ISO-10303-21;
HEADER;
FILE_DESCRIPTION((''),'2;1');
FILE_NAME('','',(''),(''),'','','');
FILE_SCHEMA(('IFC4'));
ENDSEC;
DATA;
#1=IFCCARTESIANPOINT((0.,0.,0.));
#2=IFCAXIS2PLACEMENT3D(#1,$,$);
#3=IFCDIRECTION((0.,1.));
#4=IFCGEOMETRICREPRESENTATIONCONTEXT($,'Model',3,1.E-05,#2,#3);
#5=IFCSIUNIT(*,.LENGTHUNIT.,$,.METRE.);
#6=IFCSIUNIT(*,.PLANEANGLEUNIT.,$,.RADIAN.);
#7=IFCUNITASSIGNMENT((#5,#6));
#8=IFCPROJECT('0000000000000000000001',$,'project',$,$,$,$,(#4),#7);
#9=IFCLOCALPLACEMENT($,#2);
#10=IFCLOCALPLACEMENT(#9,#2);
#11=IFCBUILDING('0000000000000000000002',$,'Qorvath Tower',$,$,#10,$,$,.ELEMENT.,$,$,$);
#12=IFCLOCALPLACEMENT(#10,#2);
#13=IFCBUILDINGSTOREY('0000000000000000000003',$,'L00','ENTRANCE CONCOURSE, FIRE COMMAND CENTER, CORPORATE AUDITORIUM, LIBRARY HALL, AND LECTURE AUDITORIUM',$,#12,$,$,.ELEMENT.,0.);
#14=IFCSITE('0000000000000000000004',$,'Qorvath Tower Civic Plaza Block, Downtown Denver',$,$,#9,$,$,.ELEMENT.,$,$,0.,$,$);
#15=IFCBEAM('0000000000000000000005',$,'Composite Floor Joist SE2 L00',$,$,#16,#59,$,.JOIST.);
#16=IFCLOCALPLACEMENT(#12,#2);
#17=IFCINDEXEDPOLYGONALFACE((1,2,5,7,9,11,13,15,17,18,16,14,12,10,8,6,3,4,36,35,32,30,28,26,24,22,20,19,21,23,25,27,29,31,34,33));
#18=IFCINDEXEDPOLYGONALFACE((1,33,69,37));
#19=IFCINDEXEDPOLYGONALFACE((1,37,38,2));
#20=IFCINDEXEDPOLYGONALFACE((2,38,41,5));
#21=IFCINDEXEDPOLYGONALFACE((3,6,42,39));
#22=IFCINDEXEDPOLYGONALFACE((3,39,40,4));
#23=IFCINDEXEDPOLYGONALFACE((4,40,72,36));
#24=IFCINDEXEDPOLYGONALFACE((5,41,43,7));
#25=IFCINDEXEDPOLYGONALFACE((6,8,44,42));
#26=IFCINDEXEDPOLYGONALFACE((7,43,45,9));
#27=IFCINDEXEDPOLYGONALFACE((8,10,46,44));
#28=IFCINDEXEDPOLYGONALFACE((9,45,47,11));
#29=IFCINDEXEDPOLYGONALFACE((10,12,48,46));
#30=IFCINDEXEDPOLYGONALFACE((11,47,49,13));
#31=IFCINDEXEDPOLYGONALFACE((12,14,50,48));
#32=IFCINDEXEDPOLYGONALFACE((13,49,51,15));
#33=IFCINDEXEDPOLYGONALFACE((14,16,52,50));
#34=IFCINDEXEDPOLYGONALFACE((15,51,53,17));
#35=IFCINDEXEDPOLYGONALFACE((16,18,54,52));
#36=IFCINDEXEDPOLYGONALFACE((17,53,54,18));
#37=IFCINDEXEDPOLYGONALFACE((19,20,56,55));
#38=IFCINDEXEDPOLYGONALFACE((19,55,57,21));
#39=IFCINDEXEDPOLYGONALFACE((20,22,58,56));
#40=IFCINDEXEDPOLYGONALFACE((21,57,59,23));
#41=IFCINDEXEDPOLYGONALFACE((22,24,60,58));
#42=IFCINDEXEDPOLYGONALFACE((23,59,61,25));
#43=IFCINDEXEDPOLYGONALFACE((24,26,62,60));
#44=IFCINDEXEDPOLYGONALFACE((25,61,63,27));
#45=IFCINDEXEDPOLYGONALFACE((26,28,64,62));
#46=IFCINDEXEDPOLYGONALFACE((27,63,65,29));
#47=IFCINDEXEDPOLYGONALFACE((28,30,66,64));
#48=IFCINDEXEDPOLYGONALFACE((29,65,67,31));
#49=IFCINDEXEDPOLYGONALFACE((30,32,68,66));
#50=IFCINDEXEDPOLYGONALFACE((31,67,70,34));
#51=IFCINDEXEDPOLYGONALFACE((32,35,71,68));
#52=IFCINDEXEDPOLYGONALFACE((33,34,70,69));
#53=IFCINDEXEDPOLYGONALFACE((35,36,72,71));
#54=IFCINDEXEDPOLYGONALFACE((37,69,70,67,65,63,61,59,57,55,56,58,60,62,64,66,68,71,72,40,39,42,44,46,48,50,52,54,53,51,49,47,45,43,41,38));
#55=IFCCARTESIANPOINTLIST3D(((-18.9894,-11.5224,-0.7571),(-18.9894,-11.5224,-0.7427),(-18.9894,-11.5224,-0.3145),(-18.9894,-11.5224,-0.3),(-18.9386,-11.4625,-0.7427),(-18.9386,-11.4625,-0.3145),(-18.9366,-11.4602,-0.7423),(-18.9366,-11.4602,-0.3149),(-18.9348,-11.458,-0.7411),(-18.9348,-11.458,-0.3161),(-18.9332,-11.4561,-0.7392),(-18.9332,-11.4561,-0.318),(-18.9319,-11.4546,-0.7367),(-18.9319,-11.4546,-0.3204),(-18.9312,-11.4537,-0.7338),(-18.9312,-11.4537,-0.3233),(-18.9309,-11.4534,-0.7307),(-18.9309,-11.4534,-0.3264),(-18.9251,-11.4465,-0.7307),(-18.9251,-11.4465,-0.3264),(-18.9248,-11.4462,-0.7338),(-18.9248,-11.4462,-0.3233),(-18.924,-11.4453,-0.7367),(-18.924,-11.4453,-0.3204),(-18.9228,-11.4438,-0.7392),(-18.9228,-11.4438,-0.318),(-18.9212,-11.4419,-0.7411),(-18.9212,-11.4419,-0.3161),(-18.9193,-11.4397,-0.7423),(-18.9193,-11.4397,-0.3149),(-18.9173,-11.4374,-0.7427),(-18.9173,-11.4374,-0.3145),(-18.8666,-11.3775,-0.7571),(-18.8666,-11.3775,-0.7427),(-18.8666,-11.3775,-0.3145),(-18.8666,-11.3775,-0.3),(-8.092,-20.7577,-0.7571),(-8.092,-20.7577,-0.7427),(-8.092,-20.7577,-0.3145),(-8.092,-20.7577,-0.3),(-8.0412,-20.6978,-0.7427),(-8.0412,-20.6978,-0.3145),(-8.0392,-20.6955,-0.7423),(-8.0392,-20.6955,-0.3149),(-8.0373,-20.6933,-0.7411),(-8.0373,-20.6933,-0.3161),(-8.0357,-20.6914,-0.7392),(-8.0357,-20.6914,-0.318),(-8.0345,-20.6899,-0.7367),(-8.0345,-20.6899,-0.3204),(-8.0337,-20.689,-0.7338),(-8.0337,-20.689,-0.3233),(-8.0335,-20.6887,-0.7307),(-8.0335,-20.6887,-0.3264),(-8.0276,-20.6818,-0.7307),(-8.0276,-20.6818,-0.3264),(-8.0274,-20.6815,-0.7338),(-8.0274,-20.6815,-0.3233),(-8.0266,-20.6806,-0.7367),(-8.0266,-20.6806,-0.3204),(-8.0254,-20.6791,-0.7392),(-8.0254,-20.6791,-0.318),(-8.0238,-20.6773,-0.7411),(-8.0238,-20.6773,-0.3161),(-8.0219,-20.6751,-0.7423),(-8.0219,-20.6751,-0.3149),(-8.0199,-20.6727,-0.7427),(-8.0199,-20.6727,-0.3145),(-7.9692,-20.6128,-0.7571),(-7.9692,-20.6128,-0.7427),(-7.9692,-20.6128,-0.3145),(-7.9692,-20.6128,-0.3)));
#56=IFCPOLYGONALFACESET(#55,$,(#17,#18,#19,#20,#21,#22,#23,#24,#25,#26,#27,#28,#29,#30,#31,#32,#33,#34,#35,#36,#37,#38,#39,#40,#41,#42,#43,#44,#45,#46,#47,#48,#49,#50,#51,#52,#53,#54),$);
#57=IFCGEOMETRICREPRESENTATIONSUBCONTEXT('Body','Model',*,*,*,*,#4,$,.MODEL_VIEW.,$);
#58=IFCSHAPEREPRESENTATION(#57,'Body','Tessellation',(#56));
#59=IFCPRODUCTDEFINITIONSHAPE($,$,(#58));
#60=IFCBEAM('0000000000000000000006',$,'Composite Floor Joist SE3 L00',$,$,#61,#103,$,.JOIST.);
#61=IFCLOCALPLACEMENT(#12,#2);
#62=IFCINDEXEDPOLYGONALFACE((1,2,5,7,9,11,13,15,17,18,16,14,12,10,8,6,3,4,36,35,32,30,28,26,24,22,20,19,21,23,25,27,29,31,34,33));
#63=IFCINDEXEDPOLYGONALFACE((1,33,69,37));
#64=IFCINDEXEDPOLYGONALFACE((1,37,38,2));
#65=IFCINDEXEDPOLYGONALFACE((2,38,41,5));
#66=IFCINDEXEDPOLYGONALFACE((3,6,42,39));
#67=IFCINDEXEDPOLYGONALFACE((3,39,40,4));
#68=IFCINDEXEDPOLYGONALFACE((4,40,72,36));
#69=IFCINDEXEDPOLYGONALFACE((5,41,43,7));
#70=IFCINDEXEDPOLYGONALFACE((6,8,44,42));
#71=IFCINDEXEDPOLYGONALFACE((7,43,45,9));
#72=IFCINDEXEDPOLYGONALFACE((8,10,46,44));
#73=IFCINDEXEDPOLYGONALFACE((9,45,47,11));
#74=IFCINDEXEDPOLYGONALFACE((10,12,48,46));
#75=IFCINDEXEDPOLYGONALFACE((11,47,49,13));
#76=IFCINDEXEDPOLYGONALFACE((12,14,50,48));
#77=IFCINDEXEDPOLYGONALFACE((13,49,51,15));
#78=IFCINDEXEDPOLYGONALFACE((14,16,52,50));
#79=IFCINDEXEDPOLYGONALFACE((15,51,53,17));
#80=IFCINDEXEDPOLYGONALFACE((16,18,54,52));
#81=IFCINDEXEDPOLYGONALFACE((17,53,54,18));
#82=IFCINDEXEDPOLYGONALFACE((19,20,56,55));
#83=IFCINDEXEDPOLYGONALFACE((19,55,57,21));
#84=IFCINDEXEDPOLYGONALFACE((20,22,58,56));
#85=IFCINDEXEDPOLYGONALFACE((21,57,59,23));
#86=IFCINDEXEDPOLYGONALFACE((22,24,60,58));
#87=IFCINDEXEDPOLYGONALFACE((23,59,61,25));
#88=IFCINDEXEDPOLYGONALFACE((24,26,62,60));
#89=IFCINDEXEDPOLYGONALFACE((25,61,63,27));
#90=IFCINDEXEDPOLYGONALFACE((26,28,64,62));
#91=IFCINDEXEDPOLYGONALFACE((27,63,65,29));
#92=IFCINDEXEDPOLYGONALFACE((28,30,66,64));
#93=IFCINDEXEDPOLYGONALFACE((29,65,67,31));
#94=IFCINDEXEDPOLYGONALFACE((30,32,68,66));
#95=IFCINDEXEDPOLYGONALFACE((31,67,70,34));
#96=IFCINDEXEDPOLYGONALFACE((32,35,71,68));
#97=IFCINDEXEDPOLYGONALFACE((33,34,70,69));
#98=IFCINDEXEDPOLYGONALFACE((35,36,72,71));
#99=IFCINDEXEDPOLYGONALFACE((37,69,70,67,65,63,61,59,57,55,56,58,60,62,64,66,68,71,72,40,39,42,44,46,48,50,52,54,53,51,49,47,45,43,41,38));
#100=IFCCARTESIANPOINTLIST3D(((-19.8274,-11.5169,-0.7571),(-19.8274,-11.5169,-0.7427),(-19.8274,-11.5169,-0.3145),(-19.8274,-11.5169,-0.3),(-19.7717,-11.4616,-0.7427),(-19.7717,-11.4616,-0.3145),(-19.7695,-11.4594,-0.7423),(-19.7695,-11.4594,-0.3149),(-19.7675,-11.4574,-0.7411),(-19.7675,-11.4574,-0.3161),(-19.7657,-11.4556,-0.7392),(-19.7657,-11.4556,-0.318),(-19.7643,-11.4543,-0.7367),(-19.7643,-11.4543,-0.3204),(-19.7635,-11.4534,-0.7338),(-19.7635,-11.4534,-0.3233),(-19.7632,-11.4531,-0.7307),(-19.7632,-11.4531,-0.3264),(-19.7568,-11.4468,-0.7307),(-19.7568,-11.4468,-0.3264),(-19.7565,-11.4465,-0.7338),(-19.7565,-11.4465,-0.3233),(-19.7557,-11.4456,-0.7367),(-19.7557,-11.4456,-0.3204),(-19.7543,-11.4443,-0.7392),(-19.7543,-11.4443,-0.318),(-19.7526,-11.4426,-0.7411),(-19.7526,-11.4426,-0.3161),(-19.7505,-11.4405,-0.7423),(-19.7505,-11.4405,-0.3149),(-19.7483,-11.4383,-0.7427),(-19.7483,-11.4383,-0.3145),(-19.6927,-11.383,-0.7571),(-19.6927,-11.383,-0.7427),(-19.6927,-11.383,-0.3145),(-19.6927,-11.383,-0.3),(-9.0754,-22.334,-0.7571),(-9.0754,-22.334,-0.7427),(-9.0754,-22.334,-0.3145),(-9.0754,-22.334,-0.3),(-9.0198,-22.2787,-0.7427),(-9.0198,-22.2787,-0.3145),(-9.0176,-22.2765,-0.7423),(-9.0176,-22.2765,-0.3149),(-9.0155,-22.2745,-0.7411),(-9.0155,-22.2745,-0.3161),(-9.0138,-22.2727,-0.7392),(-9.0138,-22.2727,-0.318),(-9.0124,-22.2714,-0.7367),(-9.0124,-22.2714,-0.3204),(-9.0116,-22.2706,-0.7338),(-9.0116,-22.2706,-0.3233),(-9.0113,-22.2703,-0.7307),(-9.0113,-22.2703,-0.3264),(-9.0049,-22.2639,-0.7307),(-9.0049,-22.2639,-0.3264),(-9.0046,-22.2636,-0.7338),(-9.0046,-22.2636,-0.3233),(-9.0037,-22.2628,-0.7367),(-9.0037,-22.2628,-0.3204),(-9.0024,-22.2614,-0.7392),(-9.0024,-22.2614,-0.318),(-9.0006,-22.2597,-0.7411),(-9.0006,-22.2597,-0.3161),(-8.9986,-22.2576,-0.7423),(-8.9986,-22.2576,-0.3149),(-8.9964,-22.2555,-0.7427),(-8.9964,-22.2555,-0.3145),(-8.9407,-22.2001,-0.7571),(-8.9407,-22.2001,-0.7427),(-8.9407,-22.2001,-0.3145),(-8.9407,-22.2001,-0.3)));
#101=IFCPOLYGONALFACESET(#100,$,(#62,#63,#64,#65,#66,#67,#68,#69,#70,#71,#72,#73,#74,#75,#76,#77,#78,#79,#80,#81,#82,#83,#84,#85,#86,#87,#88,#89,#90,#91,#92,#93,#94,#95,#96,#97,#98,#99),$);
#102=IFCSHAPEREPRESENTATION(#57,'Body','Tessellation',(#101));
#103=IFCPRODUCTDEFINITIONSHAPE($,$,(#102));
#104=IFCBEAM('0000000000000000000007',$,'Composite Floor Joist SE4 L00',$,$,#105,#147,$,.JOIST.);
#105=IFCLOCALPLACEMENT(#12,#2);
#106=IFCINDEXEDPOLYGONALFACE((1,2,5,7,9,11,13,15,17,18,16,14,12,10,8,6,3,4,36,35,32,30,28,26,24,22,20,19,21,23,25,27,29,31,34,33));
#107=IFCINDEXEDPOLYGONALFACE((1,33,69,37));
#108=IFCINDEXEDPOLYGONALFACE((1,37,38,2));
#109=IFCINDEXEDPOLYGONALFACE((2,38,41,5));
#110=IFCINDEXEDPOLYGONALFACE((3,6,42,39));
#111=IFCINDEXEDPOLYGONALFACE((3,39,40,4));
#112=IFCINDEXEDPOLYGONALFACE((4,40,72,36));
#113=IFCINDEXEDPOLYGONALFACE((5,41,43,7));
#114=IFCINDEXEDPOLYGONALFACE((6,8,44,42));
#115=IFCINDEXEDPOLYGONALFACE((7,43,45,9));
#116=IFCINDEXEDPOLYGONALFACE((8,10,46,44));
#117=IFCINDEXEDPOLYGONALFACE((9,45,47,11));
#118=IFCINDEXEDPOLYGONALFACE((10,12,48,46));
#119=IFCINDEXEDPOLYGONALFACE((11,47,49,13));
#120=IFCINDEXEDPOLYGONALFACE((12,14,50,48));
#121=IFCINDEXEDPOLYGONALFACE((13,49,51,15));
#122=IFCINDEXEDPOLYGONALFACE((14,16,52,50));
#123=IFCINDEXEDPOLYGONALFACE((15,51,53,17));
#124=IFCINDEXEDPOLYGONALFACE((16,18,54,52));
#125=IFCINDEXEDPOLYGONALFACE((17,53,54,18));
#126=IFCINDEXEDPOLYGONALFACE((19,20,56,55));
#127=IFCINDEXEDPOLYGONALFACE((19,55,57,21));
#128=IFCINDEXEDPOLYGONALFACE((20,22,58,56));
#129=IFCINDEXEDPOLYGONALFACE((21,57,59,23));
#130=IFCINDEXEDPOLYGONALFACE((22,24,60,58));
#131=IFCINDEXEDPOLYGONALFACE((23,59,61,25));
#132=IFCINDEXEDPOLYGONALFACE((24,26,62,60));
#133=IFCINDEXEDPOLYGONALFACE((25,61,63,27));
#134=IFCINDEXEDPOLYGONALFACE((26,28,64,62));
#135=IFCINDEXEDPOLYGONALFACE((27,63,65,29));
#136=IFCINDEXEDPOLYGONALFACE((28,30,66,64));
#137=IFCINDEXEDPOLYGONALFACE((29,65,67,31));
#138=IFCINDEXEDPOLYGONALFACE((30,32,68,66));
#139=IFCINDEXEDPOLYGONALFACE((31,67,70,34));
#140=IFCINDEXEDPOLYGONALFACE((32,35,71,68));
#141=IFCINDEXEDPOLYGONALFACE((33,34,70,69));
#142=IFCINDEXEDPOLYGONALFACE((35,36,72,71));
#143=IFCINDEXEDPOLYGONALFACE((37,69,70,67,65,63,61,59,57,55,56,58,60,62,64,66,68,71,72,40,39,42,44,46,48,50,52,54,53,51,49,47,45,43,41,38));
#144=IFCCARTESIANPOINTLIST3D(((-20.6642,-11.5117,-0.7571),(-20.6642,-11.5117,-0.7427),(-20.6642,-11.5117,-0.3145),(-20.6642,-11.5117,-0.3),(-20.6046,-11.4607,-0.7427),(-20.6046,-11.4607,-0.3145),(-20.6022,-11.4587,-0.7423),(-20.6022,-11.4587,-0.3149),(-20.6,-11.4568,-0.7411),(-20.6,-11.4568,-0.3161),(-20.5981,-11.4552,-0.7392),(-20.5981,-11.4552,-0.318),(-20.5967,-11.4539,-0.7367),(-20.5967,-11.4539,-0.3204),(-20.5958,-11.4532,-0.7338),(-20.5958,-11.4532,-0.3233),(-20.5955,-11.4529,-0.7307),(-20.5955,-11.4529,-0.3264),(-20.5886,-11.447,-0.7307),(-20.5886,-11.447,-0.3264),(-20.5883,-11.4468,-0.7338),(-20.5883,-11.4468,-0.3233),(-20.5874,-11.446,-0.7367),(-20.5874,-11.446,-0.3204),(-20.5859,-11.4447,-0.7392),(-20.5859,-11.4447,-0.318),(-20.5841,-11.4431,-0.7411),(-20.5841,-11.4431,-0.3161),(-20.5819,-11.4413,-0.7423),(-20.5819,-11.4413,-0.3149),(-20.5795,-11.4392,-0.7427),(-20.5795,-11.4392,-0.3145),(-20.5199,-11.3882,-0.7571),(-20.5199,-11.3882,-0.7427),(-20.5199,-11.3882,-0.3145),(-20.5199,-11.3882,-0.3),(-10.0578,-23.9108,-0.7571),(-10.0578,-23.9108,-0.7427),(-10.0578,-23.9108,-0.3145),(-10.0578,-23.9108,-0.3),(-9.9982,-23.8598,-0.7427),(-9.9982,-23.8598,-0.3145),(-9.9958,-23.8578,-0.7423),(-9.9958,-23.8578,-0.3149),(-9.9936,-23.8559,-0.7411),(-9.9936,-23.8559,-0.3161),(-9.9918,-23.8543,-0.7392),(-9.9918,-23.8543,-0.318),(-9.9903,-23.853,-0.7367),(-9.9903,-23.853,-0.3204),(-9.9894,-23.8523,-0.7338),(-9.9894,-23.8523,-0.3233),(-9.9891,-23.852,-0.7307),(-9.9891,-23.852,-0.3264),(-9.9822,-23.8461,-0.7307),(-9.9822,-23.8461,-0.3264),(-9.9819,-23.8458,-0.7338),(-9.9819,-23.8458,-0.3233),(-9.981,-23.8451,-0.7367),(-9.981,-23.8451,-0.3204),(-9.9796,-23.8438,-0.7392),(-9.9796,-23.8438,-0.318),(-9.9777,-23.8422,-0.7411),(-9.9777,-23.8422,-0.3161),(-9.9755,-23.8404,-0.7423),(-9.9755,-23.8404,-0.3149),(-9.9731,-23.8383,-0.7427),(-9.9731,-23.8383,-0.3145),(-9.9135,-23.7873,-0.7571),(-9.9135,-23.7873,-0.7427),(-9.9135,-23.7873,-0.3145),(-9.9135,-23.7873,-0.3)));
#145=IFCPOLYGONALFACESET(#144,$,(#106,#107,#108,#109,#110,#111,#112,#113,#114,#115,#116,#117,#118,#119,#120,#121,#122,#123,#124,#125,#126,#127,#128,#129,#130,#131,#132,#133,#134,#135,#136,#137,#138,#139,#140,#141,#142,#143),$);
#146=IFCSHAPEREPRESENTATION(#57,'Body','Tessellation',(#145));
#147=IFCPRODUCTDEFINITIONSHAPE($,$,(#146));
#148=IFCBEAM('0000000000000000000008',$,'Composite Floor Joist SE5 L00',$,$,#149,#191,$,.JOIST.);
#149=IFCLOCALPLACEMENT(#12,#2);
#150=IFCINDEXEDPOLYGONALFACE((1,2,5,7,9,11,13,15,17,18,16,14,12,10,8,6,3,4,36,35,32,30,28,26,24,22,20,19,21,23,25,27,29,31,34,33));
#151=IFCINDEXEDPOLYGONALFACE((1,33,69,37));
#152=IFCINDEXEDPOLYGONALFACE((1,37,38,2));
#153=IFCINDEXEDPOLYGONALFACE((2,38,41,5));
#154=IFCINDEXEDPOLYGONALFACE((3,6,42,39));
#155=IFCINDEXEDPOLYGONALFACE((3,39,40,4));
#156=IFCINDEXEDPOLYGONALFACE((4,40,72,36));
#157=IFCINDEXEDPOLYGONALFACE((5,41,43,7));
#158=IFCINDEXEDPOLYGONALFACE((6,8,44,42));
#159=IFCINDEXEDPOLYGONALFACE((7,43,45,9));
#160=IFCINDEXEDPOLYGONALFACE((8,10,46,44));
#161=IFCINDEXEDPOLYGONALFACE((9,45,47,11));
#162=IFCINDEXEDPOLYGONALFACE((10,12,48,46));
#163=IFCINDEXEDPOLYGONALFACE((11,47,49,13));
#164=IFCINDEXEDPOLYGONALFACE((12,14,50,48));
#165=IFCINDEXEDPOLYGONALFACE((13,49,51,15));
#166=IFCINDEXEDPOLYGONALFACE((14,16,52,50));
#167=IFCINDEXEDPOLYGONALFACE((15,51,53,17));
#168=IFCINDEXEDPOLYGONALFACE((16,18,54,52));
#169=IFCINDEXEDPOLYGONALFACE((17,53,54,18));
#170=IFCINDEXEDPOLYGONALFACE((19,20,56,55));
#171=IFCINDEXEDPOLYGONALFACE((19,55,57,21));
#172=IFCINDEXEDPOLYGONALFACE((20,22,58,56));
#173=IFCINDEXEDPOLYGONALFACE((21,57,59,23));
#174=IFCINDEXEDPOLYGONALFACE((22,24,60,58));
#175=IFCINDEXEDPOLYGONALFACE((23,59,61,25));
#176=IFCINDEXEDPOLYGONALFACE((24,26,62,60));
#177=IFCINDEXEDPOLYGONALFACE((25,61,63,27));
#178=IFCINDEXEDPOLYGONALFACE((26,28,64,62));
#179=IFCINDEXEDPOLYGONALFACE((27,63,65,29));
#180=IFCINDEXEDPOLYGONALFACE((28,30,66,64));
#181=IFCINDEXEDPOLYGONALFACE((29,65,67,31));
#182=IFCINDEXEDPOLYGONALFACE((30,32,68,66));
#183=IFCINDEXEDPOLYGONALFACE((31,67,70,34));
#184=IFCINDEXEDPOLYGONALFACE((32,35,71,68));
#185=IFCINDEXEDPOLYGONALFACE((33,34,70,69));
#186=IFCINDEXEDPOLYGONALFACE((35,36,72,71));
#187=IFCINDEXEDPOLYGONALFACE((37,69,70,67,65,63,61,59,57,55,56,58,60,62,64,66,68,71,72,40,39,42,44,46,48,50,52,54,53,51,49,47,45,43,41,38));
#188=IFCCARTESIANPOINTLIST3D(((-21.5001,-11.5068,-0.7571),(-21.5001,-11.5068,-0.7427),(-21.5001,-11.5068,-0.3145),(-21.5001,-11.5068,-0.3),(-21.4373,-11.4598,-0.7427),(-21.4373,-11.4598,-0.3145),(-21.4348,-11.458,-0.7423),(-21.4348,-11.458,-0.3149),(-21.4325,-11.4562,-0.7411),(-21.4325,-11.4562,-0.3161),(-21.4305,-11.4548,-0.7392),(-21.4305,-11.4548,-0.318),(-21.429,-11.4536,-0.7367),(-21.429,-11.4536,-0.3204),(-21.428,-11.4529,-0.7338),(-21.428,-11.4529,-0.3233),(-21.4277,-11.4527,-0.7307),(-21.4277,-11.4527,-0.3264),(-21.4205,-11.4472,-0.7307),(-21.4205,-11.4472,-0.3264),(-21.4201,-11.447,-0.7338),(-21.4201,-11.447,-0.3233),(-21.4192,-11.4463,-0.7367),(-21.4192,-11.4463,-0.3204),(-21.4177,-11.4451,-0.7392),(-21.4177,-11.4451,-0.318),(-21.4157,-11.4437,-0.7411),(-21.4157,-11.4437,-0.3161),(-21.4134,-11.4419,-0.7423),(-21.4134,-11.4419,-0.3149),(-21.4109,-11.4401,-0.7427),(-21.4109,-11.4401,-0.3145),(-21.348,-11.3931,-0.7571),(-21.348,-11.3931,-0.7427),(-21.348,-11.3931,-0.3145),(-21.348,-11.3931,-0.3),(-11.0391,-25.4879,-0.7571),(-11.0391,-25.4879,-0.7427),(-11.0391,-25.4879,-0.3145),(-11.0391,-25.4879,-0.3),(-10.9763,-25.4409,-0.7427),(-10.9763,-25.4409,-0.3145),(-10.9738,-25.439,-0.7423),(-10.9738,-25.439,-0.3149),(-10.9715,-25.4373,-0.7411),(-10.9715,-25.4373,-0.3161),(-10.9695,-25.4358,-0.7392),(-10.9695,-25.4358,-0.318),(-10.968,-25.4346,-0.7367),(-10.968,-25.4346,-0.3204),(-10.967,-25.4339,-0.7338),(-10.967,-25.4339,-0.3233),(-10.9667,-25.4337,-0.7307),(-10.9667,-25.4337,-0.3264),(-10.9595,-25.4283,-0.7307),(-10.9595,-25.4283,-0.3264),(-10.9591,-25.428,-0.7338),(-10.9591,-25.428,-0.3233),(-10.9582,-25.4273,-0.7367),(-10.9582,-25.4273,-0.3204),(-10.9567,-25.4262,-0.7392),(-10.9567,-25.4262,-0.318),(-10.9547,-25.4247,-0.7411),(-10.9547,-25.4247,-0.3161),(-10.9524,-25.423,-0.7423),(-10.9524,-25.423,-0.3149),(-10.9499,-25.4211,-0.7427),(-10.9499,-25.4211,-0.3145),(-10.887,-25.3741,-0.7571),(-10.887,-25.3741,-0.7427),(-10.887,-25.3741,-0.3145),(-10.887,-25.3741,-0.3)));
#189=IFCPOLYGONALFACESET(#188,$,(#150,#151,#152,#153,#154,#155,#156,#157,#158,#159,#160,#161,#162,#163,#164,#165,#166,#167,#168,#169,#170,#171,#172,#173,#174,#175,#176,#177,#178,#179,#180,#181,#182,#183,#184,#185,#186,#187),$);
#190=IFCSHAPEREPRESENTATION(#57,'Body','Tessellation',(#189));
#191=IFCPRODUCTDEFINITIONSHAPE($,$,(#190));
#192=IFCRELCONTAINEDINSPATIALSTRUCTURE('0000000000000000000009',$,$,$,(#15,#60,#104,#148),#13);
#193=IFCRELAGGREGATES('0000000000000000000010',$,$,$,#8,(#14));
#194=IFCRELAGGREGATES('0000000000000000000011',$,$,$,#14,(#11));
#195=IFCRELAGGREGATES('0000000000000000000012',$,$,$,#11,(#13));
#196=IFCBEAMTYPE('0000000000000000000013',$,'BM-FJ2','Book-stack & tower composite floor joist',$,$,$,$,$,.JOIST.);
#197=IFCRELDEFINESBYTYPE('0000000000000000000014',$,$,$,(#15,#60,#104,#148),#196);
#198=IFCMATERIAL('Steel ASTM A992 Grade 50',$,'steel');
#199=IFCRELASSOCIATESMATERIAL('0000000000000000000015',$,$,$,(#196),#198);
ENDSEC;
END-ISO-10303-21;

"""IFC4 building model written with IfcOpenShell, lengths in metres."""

from ifc_helpers import new_model, si_unit, direction, frame, origin, origin_2d, place, context, subcontext, project, spatial, i_section, extrude, material, material_profile, profile_set, type_object, element, save


model = new_model("IFC4")

# Units and contexts
model_context = context("Model", 3, precision=1e-05, world=origin(), true_north=direction((0.0, 1.0)))
body_context = subcontext(model_context, "Body", "Model", "MODEL_VIEW")
ifc_project = project(units=[si_unit("LENGTHUNIT", "METRE"), si_unit("PLANEANGLEUNIT", "RADIAN")], contexts=[model_context])

# Site, building, storey
site_placement = place(None, origin())
site = spatial("IfcSite", under=ifc_project, at=site_placement, Name="Qorvath Tower Civic Plaza Block, Downtown Denver", CompositionType="ELEMENT", RefElevation=0.0)
building_placement = place(site_placement, origin())
building = spatial("IfcBuilding", under=site, at=building_placement, Name="Qorvath Tower", CompositionType="ELEMENT")
storey_placement = place(building_placement, origin())
storey = spatial("IfcBuildingStorey", under=building, at=storey_placement, Name="L00", Description="ENTRANCE CONCOURSE, FIRE COMMAND CENTER, CORPORATE AUDITORIUM, LIBRARY HALL, AND LECTURE AUDITORIUM", CompositionType="ELEMENT", Elevation=0.0)

# Beams
ifc_material_1 = material(Name="Steel ASTM A992 Grade 50", Category="steel")
ifc_material_profile_1 = material_profile(ifc_material_1, i_section(OverallWidth=0.1899, OverallDepth=0.457, WebThickness=0.009, FlangeThickness=0.0144, FilletRadius=0.012, at=origin_2d()), Name="W18x50")
ifc_profile_set_1 = profile_set([ifc_material_profile_1], Name="Steel ASTM A992 Grade 50")
beam_type_1 = type_object("IfcBeamType", Name="BM-FJ2", Description="Book-stack & tower composite floor joist", PredefinedType="JOIST", material=ifc_profile_set_1)
beam_1_placement = place(storey_placement, frame((-18.928, -11.45, -0.5286), z_axis=(0.762888, -0.64653, 0.0), x_axis=(0.64653, 0.762888, 0.0)))
element("IfcBeam", 1, at=beam_1_placement, inside=storey, type_object=beam_type_1, Name="Composite Floor Joist SE2 L00", PredefinedType="JOIST", context=body_context, shape_type="SweptSolid", body=[
    extrude(i_section(OverallWidth=0.1899, OverallDepth=0.457, WebThickness=0.009, FlangeThickness=0.0144, FilletRadius=0.012, at=origin_2d()), origin(), (0.0, 0.0, 1.0), 14.2844),
])
beam_2_placement = place(storey_placement, frame((-19.76, -11.45, -0.5286), z_axis=(0.704967, -0.709241, 0.0), x_axis=(0.709241, 0.704967, 0.0)))
element("IfcBeam", 2, at=beam_2_placement, inside=storey, type_object=beam_type_1, Name="Composite Floor Joist SE3 L00", PredefinedType="JOIST", context=body_context, shape_type="SweptSolid", body=[
    extrude(i_section(OverallWidth=0.1899, OverallDepth=0.457, WebThickness=0.009, FlangeThickness=0.0144, FilletRadius=0.012, at=origin_2d()), origin(), (0.0, 0.0, 1.0), 15.2517),
])
beam_3_placement = place(storey_placement, frame((-20.592, -11.45, -0.5286), z_axis=(0.650034, -0.759905, 0.0), x_axis=(0.759905, 0.650034, 0.0)))
element("IfcBeam", 3, at=beam_3_placement, inside=storey, type_object=beam_type_1, Name="Composite Floor Joist SE4 L00", PredefinedType="JOIST", context=body_context, shape_type="SweptSolid", body=[
    extrude(i_section(OverallWidth=0.1899, OverallDepth=0.457, WebThickness=0.009, FlangeThickness=0.0144, FilletRadius=0.012, at=origin_2d()), origin(), (0.0, 0.0, 1.0), 16.3167),
])
beam_4_placement = place(storey_placement, frame((-21.4241, -11.45, -0.5286), z_axis=(0.599091, -0.800681, 0.0), x_axis=(0.800681, 0.599091, 0.0)))
element("IfcBeam", 4, at=beam_4_placement, inside=storey, type_object=beam_type_1, Name="Composite Floor Joist SE5 L00", PredefinedType="JOIST", context=body_context, shape_type="SweptSolid", body=[
    extrude(i_section(OverallWidth=0.1899, OverallDepth=0.457, WebThickness=0.009, FlangeThickness=0.0144, FilletRadius=0.012, at=origin_2d()), origin(), (0.0, 0.0, 1.0), 17.4614),
])

save(model, "model.ifc")
